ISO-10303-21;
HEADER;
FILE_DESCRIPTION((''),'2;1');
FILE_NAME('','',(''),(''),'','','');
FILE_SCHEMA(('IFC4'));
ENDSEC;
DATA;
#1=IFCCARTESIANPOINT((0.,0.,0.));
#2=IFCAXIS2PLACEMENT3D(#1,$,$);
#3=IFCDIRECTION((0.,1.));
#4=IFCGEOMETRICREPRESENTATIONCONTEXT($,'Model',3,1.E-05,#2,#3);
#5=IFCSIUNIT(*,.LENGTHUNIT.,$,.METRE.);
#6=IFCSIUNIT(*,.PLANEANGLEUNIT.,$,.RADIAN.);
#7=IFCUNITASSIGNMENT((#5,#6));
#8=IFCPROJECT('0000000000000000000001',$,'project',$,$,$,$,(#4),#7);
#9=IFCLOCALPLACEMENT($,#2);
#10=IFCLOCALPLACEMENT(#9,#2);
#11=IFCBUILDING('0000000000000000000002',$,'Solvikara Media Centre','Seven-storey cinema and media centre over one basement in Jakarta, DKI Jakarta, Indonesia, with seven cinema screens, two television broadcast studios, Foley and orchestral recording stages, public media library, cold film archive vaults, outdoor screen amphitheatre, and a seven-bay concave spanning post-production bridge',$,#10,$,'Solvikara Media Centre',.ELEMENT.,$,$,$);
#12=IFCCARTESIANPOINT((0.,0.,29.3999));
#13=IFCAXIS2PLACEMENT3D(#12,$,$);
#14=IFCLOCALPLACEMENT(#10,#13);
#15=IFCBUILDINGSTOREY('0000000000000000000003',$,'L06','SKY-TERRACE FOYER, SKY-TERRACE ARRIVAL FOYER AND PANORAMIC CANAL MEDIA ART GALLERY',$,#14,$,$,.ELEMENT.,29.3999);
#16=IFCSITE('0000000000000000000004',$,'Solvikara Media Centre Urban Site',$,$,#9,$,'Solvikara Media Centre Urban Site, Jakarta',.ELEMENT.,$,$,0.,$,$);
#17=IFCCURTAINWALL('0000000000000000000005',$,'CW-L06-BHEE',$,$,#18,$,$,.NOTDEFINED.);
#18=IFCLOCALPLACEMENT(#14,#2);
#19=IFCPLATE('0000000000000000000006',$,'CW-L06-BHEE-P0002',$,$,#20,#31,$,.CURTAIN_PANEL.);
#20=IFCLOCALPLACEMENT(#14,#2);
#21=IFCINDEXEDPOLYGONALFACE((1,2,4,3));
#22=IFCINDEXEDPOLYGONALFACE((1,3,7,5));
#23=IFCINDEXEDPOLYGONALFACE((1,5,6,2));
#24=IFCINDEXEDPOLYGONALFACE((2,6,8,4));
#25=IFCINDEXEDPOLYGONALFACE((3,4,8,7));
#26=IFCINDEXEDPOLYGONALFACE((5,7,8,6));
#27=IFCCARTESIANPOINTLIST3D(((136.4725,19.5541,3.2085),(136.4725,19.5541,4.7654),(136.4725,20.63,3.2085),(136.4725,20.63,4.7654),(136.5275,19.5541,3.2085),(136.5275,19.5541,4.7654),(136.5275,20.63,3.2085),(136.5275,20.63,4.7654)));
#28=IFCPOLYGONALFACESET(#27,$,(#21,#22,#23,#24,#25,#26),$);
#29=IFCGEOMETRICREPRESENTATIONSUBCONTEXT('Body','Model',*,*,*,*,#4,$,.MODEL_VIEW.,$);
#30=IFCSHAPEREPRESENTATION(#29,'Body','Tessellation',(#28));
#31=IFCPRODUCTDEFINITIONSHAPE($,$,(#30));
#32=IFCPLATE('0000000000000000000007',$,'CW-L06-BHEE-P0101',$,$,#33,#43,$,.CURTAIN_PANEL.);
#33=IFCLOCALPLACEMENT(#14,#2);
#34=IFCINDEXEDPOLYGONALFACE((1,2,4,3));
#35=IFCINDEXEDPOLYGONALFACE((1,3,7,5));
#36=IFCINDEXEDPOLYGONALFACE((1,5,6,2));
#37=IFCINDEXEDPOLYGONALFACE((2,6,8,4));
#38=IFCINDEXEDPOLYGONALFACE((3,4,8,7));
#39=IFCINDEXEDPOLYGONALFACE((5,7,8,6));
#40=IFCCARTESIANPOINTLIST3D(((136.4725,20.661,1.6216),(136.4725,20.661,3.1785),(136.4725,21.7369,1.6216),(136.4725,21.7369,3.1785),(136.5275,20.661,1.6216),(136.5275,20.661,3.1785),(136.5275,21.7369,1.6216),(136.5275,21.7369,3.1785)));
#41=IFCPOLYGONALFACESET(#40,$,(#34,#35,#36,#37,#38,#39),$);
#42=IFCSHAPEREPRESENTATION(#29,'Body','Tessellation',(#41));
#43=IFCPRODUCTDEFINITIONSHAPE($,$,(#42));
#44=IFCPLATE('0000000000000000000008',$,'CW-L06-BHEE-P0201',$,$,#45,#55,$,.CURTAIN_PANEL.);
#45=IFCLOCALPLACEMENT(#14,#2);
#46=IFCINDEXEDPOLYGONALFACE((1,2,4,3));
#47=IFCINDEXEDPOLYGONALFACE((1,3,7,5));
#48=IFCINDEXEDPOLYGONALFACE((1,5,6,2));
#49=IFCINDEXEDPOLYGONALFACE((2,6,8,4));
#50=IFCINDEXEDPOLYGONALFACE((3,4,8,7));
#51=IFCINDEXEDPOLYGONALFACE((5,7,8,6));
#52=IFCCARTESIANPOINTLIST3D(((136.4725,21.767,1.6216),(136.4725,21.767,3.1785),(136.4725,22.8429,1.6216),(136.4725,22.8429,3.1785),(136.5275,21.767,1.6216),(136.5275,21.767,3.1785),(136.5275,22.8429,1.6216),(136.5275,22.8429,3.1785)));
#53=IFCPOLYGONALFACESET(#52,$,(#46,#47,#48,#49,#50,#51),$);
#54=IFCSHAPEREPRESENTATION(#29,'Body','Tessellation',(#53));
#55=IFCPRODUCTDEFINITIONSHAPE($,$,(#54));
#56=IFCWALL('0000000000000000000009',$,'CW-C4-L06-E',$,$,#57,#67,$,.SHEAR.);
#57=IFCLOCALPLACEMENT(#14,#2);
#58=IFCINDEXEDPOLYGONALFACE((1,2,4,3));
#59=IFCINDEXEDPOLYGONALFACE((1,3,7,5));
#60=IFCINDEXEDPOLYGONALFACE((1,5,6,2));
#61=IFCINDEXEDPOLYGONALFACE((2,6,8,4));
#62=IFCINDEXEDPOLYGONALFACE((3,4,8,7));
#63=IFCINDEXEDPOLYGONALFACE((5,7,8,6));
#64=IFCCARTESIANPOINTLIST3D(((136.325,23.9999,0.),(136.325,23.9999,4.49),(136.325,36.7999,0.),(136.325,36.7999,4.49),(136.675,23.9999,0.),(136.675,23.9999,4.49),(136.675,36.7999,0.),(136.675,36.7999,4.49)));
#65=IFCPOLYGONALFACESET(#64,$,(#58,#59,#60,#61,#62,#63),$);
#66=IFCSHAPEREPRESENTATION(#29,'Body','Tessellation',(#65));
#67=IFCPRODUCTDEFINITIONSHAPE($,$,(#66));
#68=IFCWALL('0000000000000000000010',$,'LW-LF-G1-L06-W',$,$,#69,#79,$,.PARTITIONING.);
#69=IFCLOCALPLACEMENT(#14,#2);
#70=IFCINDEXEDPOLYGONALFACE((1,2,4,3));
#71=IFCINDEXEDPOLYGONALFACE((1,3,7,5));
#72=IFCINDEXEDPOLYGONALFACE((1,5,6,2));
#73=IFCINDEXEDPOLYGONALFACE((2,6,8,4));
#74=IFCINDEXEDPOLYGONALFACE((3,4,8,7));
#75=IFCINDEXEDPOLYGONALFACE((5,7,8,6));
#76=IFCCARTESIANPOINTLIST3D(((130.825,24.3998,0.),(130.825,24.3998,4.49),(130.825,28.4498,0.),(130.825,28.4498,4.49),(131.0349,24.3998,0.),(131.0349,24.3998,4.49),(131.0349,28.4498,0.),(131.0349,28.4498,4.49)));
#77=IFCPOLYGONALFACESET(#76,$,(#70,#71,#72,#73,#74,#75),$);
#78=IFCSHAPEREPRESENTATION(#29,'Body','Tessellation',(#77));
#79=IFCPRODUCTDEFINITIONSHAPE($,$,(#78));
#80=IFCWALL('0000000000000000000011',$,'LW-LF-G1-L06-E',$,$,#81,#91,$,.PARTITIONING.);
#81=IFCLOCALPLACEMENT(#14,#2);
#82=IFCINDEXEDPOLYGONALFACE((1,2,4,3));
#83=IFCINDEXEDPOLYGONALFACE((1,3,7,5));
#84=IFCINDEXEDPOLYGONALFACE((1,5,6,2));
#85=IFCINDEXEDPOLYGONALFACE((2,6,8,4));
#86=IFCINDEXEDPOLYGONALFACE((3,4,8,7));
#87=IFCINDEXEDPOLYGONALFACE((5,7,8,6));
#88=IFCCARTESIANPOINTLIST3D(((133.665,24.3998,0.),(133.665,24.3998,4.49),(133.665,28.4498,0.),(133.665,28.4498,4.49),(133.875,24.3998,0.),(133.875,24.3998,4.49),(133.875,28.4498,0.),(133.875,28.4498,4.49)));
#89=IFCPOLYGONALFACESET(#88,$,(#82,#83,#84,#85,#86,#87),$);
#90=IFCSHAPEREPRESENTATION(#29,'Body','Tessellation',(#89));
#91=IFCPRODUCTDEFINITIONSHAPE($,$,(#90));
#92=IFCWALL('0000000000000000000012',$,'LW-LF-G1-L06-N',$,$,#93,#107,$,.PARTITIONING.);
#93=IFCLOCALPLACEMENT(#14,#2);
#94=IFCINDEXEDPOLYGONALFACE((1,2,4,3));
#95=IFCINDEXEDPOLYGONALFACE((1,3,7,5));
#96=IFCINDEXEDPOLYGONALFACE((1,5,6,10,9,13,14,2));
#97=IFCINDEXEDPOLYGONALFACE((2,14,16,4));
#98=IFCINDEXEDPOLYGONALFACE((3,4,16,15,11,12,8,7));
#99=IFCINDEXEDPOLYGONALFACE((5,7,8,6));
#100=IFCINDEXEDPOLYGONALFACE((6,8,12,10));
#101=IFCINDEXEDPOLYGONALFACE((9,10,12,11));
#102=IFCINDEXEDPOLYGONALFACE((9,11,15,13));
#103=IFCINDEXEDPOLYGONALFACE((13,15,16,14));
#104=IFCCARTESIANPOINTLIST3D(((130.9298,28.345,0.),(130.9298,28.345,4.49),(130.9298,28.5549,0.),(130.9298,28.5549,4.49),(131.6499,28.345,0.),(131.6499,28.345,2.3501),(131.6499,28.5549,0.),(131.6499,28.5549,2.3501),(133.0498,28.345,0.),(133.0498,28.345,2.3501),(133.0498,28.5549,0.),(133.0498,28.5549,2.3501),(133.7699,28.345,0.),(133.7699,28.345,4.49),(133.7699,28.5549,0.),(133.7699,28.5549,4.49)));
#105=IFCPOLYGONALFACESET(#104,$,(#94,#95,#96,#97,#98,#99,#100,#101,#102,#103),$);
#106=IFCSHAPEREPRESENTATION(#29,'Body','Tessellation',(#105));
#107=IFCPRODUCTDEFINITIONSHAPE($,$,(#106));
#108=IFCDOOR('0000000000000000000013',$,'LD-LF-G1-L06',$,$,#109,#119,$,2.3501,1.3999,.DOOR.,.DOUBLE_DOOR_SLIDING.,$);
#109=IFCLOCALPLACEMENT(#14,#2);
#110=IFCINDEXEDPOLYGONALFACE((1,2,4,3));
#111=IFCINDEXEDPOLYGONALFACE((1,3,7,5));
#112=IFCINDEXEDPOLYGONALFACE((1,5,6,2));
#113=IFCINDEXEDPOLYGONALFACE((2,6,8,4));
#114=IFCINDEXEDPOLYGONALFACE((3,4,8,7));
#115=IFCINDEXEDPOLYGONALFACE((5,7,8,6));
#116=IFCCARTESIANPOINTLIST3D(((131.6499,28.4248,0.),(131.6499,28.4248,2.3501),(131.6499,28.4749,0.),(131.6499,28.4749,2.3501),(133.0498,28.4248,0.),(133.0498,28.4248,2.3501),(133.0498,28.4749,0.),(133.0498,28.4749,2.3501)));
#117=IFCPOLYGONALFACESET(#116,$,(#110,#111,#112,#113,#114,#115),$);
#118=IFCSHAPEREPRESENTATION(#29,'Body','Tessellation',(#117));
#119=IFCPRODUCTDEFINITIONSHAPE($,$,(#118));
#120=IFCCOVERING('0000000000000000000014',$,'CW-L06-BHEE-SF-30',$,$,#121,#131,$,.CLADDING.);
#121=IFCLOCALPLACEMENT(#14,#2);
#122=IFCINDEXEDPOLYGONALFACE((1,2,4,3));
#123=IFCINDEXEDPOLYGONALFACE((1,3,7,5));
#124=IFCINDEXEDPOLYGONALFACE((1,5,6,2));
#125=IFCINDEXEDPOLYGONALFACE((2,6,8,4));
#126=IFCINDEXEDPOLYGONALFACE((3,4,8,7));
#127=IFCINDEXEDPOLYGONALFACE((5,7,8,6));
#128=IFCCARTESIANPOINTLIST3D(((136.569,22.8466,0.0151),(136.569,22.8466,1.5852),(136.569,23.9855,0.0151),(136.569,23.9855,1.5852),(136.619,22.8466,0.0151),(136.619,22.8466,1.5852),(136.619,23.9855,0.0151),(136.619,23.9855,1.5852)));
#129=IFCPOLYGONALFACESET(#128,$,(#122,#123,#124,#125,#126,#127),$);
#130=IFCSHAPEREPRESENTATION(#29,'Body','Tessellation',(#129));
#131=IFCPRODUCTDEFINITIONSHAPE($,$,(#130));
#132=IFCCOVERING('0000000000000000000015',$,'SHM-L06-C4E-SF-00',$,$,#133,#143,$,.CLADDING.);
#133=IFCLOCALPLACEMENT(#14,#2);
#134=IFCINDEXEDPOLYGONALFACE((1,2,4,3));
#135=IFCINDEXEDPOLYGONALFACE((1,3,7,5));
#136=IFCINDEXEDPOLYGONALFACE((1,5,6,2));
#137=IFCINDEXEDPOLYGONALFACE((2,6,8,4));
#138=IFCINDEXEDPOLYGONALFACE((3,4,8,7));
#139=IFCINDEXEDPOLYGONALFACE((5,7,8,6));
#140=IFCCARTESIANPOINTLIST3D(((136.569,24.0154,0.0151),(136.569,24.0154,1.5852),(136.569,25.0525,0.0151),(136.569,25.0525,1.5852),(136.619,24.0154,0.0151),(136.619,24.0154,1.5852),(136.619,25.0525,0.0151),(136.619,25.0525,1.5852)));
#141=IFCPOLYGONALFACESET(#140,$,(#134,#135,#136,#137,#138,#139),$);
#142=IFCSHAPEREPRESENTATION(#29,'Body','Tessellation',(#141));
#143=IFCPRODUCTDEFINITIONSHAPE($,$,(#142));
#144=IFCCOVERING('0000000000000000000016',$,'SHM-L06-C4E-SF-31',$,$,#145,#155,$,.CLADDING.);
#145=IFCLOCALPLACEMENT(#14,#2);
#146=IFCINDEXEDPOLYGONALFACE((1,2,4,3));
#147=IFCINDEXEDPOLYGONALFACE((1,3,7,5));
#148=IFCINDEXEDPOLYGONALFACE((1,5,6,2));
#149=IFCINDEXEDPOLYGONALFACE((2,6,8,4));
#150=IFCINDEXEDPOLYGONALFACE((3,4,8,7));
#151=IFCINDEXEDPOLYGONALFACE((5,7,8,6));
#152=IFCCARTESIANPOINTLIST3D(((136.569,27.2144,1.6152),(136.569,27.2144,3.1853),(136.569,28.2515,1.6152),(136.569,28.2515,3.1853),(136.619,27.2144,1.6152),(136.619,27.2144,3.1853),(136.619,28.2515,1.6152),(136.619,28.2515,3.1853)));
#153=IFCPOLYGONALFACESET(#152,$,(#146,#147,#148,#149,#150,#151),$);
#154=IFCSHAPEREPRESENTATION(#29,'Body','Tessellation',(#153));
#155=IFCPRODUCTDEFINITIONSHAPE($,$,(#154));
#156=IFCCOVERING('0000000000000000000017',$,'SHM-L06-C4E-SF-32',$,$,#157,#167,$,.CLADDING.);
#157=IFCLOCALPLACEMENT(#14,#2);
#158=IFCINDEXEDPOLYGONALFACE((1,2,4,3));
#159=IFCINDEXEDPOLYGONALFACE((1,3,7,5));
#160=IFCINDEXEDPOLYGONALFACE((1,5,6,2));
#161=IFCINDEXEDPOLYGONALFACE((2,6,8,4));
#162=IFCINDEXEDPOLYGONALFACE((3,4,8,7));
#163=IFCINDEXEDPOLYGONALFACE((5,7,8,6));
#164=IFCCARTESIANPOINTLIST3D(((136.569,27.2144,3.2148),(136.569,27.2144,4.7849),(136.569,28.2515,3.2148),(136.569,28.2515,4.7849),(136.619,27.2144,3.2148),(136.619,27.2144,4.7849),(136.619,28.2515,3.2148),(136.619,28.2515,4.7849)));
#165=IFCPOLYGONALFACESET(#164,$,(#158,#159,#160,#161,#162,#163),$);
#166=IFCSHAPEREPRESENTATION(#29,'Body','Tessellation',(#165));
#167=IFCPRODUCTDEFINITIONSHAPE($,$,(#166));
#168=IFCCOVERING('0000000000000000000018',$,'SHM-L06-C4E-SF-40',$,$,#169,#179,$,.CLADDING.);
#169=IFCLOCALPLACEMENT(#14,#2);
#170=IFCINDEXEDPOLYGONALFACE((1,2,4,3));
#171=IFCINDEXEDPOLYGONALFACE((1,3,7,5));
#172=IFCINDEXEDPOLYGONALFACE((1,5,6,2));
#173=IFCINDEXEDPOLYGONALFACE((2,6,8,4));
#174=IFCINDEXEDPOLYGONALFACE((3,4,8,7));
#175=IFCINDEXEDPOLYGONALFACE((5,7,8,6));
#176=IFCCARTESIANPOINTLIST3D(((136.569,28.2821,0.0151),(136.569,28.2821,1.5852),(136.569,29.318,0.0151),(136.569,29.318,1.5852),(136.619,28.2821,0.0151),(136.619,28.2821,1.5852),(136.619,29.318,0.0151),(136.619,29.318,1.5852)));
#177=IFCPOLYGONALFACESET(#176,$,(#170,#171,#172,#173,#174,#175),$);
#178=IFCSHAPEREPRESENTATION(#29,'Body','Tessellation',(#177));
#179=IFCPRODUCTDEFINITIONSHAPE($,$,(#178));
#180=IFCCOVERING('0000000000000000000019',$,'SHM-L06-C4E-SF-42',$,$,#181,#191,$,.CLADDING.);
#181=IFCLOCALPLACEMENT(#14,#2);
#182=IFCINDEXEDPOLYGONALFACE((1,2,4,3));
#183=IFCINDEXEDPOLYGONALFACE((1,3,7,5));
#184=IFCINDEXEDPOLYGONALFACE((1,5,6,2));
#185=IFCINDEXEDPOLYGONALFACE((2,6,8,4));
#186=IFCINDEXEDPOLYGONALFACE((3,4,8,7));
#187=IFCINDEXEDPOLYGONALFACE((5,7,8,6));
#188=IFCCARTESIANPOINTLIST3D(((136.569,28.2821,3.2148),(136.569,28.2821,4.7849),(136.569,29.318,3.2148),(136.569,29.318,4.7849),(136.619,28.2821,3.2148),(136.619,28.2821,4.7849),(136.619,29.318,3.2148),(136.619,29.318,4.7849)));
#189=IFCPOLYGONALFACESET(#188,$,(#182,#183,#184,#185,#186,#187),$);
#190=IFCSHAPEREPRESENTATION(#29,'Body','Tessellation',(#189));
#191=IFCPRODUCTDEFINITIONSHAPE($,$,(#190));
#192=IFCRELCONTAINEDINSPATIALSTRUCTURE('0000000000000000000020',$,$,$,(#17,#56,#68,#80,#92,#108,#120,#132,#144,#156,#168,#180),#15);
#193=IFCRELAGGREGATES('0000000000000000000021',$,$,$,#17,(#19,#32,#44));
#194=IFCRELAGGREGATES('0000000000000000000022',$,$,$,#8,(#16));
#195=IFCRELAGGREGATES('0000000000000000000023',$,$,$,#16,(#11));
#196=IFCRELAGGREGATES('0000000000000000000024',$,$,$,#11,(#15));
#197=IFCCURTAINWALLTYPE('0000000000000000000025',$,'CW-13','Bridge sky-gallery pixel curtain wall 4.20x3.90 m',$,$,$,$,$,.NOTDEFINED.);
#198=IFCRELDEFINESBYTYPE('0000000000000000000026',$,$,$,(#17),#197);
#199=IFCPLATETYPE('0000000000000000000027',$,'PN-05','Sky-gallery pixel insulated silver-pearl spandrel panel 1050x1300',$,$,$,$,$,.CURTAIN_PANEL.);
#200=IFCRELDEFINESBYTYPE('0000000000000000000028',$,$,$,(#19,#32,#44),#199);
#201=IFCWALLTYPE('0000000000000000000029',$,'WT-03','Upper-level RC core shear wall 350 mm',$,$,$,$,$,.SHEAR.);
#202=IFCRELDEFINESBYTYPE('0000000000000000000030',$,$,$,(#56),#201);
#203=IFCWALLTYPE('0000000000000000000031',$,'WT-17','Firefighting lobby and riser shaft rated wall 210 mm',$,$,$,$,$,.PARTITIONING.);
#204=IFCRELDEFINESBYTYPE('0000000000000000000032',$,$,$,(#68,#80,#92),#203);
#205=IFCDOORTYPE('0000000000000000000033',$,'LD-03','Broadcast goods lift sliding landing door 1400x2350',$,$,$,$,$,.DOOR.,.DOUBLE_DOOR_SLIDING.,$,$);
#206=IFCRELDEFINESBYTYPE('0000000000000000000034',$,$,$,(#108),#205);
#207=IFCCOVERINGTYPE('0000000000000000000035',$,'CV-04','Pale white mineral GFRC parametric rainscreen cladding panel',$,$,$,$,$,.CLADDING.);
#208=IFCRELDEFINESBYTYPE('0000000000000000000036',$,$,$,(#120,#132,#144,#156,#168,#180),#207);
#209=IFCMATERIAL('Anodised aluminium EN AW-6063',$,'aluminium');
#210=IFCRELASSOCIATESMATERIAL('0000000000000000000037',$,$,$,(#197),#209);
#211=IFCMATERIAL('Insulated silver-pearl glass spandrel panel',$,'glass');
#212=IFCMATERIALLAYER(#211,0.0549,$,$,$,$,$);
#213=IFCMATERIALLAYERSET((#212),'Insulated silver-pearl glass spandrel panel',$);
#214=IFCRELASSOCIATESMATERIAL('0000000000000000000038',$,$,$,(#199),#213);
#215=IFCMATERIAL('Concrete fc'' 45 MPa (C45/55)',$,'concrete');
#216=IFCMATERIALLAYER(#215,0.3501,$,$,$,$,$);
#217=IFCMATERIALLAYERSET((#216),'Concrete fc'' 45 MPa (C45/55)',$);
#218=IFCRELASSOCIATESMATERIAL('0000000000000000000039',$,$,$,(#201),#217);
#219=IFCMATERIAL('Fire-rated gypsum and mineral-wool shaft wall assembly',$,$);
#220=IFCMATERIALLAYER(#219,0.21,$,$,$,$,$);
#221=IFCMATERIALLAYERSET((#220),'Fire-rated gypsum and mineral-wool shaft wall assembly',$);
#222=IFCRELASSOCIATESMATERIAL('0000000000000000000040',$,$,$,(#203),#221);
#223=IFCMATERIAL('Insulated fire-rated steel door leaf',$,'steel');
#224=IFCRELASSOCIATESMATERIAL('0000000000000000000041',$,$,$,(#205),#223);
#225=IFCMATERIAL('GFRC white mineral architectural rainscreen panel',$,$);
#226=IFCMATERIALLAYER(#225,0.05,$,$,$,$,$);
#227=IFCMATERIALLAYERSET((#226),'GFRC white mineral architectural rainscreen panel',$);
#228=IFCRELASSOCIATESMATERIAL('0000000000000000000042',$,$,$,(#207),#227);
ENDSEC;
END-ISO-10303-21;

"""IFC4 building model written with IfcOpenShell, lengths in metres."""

from ifc_helpers import new_model, si_unit, direction, frame, frame_2d, origin, origin_2d, place, context, subcontext, project, spatial, rectangle, extrude, material, layer, layer_set, type_object, element, fill, aggregate, save


model = new_model("IFC4")

# Units and contexts
model_context = context("Model", 3, precision=1e-05, world=origin(), true_north=direction((0.0, 1.0)))
body_context = subcontext(model_context, "Body", "Model", "MODEL_VIEW")
ifc_project = project(units=[si_unit("LENGTHUNIT", "METRE"), si_unit("PLANEANGLEUNIT", "RADIAN")], contexts=[model_context])

# Site, building, storey
site_placement = place(None, origin())
site = spatial("IfcSite", under=ifc_project, at=site_placement, Name="Solvikara Media Centre Urban Site", LongName="Solvikara Media Centre Urban Site, Jakarta", CompositionType="ELEMENT", RefElevation=0.0)
building_placement = place(site_placement, origin())
building = spatial("IfcBuilding", under=site, at=building_placement, Name="Solvikara Media Centre", Description="Seven-storey cinema and media centre over one basement in Jakarta, DKI Jakarta, Indonesia, with seven cinema screens, two television broadcast studios, Foley and orchestral recording stages, public media library, cold film archive vaults, outdoor screen amphitheatre, and a seven-bay concave spanning post-production bridge", LongName="Solvikara Media Centre", CompositionType="ELEMENT")
storey_placement = place(building_placement, frame((0.0, 0.0, 29.3999)))
storey = spatial("IfcBuildingStorey", under=building, at=storey_placement, Name="L06", Description="SKY-TERRACE FOYER, SKY-TERRACE ARRIVAL FOYER AND PANORAMIC CANAL MEDIA ART GALLERY", CompositionType="ELEMENT", Elevation=29.3999)

# Curtain wall, plates
ifc_material_1 = material(Name="Anodised aluminium EN AW-6063", Category="aluminium")
curtain_wall_type = type_object("IfcCurtainWallType", Name="CW-13", Description="Bridge sky-gallery pixel curtain wall 4.20x3.90 m", PredefinedType="NOTDEFINED", material=ifc_material_1)
curtain_wall_placement = place(storey_placement, origin())
curtain_wall = element("IfcCurtainWall", 1, at=curtain_wall_placement, inside=storey, type_object=curtain_wall_type, Name="CW-L06-BHEE", PredefinedType="NOTDEFINED")
ifc_material_2 = material(Name="Insulated silver-pearl glass spandrel panel", Category="glass")
ifc_layer_1 = layer(ifc_material_2, 0.0549)
ifc_layer_set_1 = layer_set([ifc_layer_1], Name="Insulated silver-pearl glass spandrel panel")
plate_type_1 = type_object("IfcPlateType", Name="PN-05", Description="Sky-gallery pixel insulated silver-pearl spandrel panel 1050x1300", PredefinedType="CURTAIN_PANEL", material=ifc_layer_set_1)
plate_1_placement = place(storey_placement, frame((136.5, 20.092, 3.2085), z_axis=(0.0, 0.0, 1.0), x_axis=(0.0, 1.0, 0.0)))
plate_1 = element("IfcPlate", 2, at=plate_1_placement, type_object=plate_type_1, Name="CW-L06-BHEE-P0002", PredefinedType="CURTAIN_PANEL", context=body_context, shape_type="SweptSolid", body=[
    extrude(rectangle(XDim=1.0759, YDim=0.0549, at=origin_2d()), origin(), (0.0, 0.0, 1.0), 1.5569),
])
plate_2_placement = place(storey_placement, frame((136.5, 21.199, 1.6216), z_axis=(0.0, 0.0, 1.0), x_axis=(0.0, 1.0, 0.0)))
plate_2 = element("IfcPlate", 3, at=plate_2_placement, type_object=plate_type_1, Name="CW-L06-BHEE-P0101", PredefinedType="CURTAIN_PANEL", context=body_context, shape_type="SweptSolid", body=[
    extrude(rectangle(XDim=1.0759, YDim=0.0549, at=origin_2d()), origin(), (0.0, 0.0, 1.0), 1.5569),
])
plate_3_placement = place(storey_placement, frame((136.5, 22.3049, 1.6216), z_axis=(0.0, 0.0, 1.0), x_axis=(0.0, 1.0, 0.0)))
plate_3 = element("IfcPlate", 4, at=plate_3_placement, type_object=plate_type_1, Name="CW-L06-BHEE-P0201", PredefinedType="CURTAIN_PANEL", context=body_context, shape_type="SweptSolid", body=[
    extrude(rectangle(XDim=1.0759, YDim=0.0549, at=origin_2d()), origin(), (0.0, 0.0, 1.0), 1.5569),
])
aggregate(curtain_wall, [plate_1, plate_2, plate_3])

# Walls
ifc_material_3 = material(Name="Concrete fc' 45 MPa (C45/55)", Category="concrete")
ifc_layer_2 = layer(ifc_material_3, 0.3501)
ifc_layer_set_2 = layer_set([ifc_layer_2], Name="Concrete fc' 45 MPa (C45/55)")
wall_type_1 = type_object("IfcWallType", Name="WT-03", Description="Upper-level RC core shear wall 350 mm", PredefinedType="SHEAR", material=ifc_layer_set_2)
wall_1_placement = place(storey_placement, frame((136.5, 24.0, 0.0), z_axis=(0.0, 0.0, 1.0), x_axis=(0.0, 1.0, 0.0)))
element("IfcWall", 5, at=wall_1_placement, inside=storey, type_object=wall_type_1, Name="CW-C4-L06-E", PredefinedType="SHEAR", context=body_context, shape_type="SweptSolid", body=[
    extrude(rectangle(XDim=12.8, YDim=0.3501, at=frame_2d((6.3999, 0.0))), origin(), (0.0, 0.0, 1.0), 4.49),
])
ifc_material_4 = material(Name="Fire-rated gypsum and mineral-wool shaft wall assembly")
ifc_layer_3 = layer(ifc_material_4, 0.21)
ifc_layer_set_3 = layer_set([ifc_layer_3], Name="Fire-rated gypsum and mineral-wool shaft wall assembly")
wall_type_2 = type_object("IfcWallType", Name="WT-17", Description="Firefighting lobby and riser shaft rated wall 210 mm", PredefinedType="PARTITIONING", material=ifc_layer_set_3)
for number, where, z_axis, x_axis, name in (
    (6, (130.9299, 24.3999, 0.0), (0.0, 0.0, 1.0), (0.0, 1.0, 0.0), "LW-LF-G1-L06-W"),
    (7, (133.77, 24.3999, 0.0), (0.0, 0.0, 1.0), (0.0, 1.0, 0.0), "LW-LF-G1-L06-E"),
):
    element("IfcWall", number, at=place(storey_placement, frame(where, z_axis=z_axis, x_axis=x_axis)), inside=storey, type_object=wall_type_2, Name=name, PredefinedType="PARTITIONING", context=body_context, shape_type="SweptSolid", body=[
        extrude(rectangle(XDim=4.05, YDim=0.21, at=frame_2d((2.0249, 0.0))), origin(), (0.0, 0.0, 1.0), 4.49),
    ])

# Wall, opening, door
wall_2_placement = place(storey_placement, frame((130.9299, 28.45, 0.0), z_axis=(0.0, 0.0, 1.0), x_axis=(1.0, 0.0, 0.0)))
wall_2 = element("IfcWall", 8, at=wall_2_placement, inside=storey, type_object=wall_type_2, Name="LW-LF-G1-L06-N", PredefinedType="PARTITIONING", context=body_context, shape_type="SweptSolid", body=[
    extrude(rectangle(XDim=2.8401, YDim=0.21, at=frame_2d((1.4199, 0.0))), origin(), (0.0, 0.0, 1.0), 4.49),
])
opening_placement = place(wall_2_placement, frame((0.72, 0.0, 0.0)))
opening = element("IfcOpeningElement", 9, at=opening_placement, cuts=wall_2, PredefinedType="OPENING", context=body_context, shape_type="SweptSolid", body=[
    extrude(rectangle(XDim=1.3999, YDim=2.3501, at=frame_2d((0.7, 1.175))), frame((0.0, 0.1169, 0.0), z_axis=(0.0, -1.0, 0.0), x_axis=(1.0, 0.0, 0.0)), (0.0, 0.0, 1.0), 0.2339),
])
ifc_material_5 = material(Name="Insulated fire-rated steel door leaf", Category="steel")
door_type = type_object("IfcDoorType", Name="LD-03", Description="Broadcast goods lift sliding landing door 1400x2350", OperationType="DOUBLE_DOOR_SLIDING", PredefinedType="DOOR", material=ifc_material_5)
door_placement = place(opening_placement, origin())
door = element("IfcDoor", 10, at=door_placement, inside=storey, type_object=door_type, Name="LD-LF-G1-L06", OperationType="DOUBLE_DOOR_SLIDING", OverallHeight=2.3501, OverallWidth=1.3999, PredefinedType="DOOR", context=body_context, shape_type="SweptSolid", body=[
    extrude(rectangle(XDim=1.3999, YDim=2.3501, at=frame_2d((0.7, 1.175))), frame((0.0, 0.0249, 0.0), z_axis=(0.0, -1.0, 0.0), x_axis=(1.0, 0.0, 0.0)), (0.0, 0.0, 1.0), 0.05),
])
fill(opening, door)

# Coverings
ifc_material_6 = material(Name="GFRC white mineral architectural rainscreen panel")
ifc_layer_4 = layer(ifc_material_6, 0.05)
ifc_layer_set_4 = layer_set([ifc_layer_4], Name="GFRC white mineral architectural rainscreen panel")
covering_type_1 = type_object("IfcCoveringType", Name="CV-04", Description="Pale white mineral GFRC parametric rainscreen cladding panel", PredefinedType="CLADDING", material=ifc_layer_set_4)
covering_1_placement = place(storey_placement, frame((136.594, 23.416, 0.0151), z_axis=(0.0, 0.0, 1.0), x_axis=(0.0, 1.0, 0.0)))
element("IfcCovering", 11, at=covering_1_placement, inside=storey, type_object=covering_type_1, Name="CW-L06-BHEE-SF-30", PredefinedType="CLADDING", context=body_context, shape_type="SweptSolid", body=[
    extrude(rectangle(XDim=1.1389, YDim=0.05, at=origin_2d()), origin(), (0.0, 0.0, 1.0), 1.5701),
])
for number, where, z_axis, x_axis, name in (
    (12, (136.594, 24.5339, 0.0151), (0.0, 0.0, 1.0), (0.0, 1.0, 0.0), "SHM-L06-C4E-SF-00"),
    (13, (136.594, 27.7329, 1.6152), (0.0, 0.0, 1.0), (0.0, 1.0, 0.0), "SHM-L06-C4E-SF-31"),
    (14, (136.594, 27.7329, 3.2148), (0.0, 0.0, 1.0), (0.0, 1.0, 0.0), "SHM-L06-C4E-SF-32"),
):
    element("IfcCovering", number, at=place(storey_placement, frame(where, z_axis=z_axis, x_axis=x_axis)), inside=storey, type_object=covering_type_1, Name=name, PredefinedType="CLADDING", context=body_context, shape_type="SweptSolid", body=[
        extrude(rectangle(XDim=1.0371, YDim=0.05, at=origin_2d()), origin(), (0.0, 0.0, 1.0), 1.5701),
    ])
for number, where, z_axis, x_axis, name in (
    (15, (136.594, 28.8, 0.0151), (0.0, 0.0, 1.0), (0.0, 1.0, 0.0), "SHM-L06-C4E-SF-40"),
    (16, (136.594, 28.8, 3.2148), (0.0, 0.0, 1.0), (0.0, 1.0, 0.0), "SHM-L06-C4E-SF-42"),
):
    element("IfcCovering", number, at=place(storey_placement, frame(where, z_axis=z_axis, x_axis=x_axis)), inside=storey, type_object=covering_type_1, Name=name, PredefinedType="CLADDING", context=body_context, shape_type="SweptSolid", body=[
        extrude(rectangle(XDim=1.0359, YDim=0.05, at=origin_2d()), origin(), (0.0, 0.0, 1.0), 1.5701),
    ])

save(model, "model.ifc")
